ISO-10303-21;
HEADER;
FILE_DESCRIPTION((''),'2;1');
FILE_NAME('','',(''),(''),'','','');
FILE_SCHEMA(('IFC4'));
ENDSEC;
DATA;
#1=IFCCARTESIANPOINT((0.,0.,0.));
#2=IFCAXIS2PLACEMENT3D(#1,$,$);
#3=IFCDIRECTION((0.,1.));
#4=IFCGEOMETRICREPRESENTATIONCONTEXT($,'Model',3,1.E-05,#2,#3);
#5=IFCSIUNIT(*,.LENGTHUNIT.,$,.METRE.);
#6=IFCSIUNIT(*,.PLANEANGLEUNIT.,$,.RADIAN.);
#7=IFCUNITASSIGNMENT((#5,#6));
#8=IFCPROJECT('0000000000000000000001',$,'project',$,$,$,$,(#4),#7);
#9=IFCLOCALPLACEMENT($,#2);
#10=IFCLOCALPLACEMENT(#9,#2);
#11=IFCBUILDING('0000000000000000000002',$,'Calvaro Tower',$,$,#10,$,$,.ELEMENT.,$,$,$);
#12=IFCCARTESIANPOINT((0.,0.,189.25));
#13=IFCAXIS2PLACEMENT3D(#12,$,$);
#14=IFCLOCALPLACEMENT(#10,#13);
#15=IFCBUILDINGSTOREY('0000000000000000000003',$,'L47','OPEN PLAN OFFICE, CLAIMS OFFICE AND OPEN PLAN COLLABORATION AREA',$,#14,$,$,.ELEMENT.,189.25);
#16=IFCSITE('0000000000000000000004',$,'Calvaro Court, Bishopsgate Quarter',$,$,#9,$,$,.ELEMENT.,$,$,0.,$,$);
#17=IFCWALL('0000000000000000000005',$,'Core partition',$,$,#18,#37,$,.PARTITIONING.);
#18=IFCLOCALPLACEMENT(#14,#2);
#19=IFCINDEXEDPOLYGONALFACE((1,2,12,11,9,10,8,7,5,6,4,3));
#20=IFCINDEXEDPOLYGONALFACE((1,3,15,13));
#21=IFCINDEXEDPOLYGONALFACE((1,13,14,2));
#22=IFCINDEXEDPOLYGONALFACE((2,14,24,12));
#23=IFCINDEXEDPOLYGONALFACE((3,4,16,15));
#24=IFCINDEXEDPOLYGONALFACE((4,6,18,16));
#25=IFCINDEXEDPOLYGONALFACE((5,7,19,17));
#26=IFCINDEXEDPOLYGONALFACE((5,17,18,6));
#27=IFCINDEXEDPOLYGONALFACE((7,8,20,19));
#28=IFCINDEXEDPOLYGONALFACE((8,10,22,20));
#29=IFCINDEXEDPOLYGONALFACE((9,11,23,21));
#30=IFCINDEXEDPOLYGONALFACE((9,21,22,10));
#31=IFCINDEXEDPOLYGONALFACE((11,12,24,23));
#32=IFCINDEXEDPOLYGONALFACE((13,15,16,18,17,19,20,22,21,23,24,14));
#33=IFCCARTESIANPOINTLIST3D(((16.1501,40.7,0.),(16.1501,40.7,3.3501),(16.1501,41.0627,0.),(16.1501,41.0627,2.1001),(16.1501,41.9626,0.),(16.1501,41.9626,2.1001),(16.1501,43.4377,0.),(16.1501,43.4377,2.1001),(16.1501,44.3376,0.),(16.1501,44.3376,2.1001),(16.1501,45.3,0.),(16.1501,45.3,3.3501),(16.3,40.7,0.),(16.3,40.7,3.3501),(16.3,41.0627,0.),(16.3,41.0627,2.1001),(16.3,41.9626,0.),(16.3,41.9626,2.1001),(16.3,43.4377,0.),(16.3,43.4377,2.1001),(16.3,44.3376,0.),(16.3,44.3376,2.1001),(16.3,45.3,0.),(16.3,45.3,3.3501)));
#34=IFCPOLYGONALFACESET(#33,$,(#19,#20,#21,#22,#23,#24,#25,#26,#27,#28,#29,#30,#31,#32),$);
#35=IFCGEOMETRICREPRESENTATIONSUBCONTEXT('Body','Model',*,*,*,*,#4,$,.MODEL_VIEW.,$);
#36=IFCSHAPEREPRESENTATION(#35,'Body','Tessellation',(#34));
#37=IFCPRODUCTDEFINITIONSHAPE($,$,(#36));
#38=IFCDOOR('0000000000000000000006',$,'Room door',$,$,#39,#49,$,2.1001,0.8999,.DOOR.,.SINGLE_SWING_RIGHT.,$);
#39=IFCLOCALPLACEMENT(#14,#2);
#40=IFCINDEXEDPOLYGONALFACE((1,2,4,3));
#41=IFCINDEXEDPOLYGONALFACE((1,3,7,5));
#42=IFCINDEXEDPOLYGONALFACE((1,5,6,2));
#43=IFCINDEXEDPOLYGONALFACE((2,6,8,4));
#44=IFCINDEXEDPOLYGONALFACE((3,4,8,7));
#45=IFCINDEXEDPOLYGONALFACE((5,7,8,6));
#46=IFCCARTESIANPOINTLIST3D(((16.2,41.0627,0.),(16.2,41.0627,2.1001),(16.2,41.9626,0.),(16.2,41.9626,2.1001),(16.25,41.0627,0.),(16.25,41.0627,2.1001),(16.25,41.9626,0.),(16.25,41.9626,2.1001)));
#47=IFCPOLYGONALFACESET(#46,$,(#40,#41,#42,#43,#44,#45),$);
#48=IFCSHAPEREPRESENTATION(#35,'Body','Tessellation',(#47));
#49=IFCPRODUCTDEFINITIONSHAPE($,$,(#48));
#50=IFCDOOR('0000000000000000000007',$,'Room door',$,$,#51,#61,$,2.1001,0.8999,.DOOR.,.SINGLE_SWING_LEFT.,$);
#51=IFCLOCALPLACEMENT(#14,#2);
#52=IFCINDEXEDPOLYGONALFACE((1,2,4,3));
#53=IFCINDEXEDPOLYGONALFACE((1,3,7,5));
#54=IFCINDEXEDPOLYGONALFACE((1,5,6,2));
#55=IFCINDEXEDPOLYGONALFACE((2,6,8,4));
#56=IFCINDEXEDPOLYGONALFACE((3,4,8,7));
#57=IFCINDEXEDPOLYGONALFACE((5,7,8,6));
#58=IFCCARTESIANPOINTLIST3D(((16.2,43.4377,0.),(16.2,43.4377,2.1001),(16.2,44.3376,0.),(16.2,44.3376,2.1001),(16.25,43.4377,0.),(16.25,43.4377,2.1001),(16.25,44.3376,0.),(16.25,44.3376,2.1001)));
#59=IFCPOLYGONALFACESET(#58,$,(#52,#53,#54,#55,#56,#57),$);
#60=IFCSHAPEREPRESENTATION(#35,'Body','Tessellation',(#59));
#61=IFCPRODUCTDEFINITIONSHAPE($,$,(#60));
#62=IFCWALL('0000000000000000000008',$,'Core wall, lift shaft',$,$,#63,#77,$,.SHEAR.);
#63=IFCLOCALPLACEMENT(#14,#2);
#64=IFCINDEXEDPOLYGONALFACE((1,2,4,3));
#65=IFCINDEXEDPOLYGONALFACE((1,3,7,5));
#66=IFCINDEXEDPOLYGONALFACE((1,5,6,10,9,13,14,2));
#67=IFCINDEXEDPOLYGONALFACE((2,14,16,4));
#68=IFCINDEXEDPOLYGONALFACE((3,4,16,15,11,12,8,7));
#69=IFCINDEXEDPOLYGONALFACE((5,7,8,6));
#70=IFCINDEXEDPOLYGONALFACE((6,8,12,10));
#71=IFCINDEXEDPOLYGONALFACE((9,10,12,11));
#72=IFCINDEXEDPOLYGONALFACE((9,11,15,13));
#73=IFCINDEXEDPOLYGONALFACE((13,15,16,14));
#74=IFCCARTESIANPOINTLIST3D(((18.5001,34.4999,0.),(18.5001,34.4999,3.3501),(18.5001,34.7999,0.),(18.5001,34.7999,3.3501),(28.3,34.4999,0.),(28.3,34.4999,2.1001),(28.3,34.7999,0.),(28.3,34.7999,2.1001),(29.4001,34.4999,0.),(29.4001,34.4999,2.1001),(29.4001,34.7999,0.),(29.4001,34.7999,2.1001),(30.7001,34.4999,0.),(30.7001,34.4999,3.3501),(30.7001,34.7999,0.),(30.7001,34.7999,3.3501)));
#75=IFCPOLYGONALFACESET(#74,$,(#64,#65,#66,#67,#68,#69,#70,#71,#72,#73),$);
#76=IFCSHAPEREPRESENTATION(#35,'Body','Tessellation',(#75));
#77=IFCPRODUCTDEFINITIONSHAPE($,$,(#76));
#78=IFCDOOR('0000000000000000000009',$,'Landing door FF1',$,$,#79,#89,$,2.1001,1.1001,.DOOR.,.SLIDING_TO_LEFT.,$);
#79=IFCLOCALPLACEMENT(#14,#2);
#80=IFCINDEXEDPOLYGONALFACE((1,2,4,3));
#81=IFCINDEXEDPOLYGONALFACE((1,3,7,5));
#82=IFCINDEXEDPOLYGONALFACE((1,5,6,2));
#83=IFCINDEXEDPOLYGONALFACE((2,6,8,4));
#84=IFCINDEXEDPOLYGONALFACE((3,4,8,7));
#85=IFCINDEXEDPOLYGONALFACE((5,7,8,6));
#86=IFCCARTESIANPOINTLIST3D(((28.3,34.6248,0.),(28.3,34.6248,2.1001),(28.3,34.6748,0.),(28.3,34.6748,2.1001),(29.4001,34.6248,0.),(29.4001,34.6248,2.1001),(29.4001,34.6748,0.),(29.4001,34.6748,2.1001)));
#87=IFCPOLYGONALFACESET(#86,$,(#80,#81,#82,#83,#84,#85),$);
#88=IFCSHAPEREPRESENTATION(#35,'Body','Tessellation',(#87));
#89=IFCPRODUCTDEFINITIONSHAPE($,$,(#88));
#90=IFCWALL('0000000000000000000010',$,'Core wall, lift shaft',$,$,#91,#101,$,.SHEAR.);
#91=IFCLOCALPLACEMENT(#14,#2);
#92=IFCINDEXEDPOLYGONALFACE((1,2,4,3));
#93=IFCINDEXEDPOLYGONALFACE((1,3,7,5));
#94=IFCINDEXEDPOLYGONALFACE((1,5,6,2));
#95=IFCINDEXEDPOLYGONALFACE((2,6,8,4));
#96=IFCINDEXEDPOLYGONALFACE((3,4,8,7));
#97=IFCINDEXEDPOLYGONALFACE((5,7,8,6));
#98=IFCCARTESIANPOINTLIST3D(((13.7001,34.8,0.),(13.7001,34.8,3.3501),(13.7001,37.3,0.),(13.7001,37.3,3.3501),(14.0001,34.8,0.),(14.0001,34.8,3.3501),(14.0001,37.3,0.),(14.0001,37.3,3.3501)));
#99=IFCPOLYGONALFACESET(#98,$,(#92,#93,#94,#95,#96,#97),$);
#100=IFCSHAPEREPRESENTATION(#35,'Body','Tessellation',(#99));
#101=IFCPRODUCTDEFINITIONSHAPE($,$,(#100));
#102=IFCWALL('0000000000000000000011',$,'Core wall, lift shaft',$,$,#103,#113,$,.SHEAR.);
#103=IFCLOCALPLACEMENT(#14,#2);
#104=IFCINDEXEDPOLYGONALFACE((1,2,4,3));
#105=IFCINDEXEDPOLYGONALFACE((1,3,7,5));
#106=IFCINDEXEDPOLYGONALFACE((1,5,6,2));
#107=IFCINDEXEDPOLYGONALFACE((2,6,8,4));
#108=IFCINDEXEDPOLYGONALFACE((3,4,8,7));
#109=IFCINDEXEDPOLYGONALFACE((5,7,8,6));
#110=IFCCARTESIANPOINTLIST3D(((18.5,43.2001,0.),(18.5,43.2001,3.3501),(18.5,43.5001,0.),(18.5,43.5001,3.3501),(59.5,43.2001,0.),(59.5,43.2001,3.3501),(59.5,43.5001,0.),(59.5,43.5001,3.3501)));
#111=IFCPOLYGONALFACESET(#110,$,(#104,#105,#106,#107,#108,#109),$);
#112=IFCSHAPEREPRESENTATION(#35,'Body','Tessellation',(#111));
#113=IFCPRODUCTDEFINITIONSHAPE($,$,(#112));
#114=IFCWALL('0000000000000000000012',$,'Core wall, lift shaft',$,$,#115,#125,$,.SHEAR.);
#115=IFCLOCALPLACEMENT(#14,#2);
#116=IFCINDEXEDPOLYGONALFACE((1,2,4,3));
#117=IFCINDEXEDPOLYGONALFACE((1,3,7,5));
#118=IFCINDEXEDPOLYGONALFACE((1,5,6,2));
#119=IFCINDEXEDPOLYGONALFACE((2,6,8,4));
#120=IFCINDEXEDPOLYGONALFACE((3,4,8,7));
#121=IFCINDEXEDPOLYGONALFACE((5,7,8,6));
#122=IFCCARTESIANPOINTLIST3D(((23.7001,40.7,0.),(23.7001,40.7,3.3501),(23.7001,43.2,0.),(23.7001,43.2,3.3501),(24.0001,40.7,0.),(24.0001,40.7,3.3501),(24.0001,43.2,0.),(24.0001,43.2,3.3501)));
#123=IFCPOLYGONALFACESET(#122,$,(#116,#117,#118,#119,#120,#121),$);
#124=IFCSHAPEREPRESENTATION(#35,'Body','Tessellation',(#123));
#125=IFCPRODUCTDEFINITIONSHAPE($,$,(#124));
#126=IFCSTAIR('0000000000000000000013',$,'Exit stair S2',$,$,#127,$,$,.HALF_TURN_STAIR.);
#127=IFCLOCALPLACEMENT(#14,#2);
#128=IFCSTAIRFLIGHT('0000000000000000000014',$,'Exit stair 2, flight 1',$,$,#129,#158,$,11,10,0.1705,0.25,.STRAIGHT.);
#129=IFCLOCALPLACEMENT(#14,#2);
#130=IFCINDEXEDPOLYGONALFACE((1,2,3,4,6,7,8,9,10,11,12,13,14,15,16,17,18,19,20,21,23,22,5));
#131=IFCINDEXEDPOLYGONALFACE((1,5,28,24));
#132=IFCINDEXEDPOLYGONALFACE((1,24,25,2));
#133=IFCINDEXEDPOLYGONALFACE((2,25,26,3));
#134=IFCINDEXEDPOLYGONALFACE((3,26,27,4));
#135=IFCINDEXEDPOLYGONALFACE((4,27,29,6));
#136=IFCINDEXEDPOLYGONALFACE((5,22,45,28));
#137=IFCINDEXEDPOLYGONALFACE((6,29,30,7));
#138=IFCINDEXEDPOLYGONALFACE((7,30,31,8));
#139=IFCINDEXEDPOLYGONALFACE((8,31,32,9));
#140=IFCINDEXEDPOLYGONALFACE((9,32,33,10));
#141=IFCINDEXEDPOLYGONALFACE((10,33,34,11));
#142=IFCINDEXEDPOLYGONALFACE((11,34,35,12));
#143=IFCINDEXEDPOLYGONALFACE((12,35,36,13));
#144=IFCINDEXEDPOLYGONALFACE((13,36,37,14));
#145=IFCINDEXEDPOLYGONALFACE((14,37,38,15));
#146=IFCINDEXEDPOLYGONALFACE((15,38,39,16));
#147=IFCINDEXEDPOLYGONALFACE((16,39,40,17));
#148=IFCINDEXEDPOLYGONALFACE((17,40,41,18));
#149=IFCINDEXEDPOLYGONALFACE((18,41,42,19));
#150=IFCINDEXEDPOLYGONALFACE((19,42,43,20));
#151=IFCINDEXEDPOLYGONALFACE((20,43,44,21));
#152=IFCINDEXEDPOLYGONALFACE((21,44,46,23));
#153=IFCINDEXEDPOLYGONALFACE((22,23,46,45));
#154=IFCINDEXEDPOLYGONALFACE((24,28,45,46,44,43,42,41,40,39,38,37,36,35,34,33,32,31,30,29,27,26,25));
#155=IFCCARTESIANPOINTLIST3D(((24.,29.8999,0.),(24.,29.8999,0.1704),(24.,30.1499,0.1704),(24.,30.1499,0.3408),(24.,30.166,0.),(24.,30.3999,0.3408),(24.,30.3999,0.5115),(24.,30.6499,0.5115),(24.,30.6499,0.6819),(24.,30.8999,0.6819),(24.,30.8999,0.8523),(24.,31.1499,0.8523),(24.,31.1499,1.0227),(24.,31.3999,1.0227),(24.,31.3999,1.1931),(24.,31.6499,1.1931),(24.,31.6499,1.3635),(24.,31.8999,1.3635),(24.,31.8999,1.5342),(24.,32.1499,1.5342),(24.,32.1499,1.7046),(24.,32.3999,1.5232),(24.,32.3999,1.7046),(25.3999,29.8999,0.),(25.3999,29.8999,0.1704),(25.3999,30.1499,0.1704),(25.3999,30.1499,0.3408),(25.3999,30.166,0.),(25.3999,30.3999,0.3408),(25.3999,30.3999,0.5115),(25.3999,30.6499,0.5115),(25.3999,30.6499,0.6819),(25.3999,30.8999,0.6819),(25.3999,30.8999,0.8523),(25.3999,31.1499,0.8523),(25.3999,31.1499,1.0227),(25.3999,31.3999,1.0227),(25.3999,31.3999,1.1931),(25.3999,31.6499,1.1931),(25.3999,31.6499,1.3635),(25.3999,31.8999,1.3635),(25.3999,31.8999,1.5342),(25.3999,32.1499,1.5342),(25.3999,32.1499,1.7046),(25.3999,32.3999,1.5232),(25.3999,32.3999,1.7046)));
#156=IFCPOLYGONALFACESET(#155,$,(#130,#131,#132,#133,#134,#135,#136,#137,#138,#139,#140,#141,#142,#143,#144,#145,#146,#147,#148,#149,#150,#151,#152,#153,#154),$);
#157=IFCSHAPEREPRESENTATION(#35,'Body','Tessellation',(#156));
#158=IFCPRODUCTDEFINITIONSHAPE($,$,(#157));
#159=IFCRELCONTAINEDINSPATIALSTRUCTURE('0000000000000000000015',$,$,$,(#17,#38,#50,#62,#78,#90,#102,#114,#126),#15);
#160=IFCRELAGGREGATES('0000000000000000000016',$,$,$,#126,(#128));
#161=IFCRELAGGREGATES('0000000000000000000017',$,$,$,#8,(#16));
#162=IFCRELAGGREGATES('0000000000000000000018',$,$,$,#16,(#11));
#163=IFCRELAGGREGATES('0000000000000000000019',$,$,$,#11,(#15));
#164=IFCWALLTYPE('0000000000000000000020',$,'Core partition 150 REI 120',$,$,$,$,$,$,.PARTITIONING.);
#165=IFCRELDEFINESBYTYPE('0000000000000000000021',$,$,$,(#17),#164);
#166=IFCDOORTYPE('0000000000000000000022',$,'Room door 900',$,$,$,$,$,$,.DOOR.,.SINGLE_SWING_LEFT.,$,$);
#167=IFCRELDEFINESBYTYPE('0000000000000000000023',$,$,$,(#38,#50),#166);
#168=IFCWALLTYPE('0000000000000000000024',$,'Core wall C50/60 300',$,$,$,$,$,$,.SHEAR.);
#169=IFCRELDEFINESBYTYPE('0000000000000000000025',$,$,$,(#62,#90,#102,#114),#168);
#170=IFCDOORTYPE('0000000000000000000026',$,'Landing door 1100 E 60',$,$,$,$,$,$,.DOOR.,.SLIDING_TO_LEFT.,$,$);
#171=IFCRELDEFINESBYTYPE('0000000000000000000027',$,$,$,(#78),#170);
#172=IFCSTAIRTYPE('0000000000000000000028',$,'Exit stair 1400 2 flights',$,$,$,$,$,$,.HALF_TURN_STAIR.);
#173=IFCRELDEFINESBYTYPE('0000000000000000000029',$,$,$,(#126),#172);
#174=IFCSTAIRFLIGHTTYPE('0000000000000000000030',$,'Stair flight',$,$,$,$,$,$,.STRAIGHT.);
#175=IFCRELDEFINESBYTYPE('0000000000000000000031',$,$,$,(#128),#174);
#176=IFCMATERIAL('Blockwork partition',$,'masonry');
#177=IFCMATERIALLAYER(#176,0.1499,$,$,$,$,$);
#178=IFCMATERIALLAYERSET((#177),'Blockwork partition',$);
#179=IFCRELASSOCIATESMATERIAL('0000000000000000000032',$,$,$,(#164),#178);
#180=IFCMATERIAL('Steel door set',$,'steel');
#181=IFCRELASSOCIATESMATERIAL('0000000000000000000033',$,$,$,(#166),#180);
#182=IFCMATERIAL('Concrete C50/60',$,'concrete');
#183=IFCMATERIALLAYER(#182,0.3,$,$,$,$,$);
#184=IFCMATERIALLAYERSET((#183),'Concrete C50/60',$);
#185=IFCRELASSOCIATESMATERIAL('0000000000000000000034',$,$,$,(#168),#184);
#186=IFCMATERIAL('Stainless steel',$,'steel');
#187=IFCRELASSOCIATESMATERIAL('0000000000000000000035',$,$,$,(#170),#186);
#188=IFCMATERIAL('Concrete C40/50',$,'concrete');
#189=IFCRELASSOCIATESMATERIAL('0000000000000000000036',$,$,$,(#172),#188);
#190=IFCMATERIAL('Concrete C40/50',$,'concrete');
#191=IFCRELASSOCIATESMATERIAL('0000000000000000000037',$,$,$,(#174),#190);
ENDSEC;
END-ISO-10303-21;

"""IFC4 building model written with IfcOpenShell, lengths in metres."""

from ifc_helpers import new_model, si_unit, direction, frame, frame_2d, origin, place, context, subcontext, project, spatial, polyline, rectangle, outline, extrude, material, layer, layer_set, type_object, element, fill, aggregate, save


model = new_model("IFC4")

# Units and contexts
model_context = context("Model", 3, precision=1e-05, world=origin(), true_north=direction((0.0, 1.0)))
body_context = subcontext(model_context, "Body", "Model", "MODEL_VIEW")
ifc_project = project(units=[si_unit("LENGTHUNIT", "METRE"), si_unit("PLANEANGLEUNIT", "RADIAN")], contexts=[model_context])

# Site, building, storey
site_placement = place(None, origin())
site = spatial("IfcSite", under=ifc_project, at=site_placement, Name="Calvaro Court, Bishopsgate Quarter", CompositionType="ELEMENT", RefElevation=0.0)
building_placement = place(site_placement, origin())
building = spatial("IfcBuilding", under=site, at=building_placement, Name="Calvaro Tower", CompositionType="ELEMENT")
storey_placement = place(building_placement, frame((0.0, 0.0, 189.25)))
storey = spatial("IfcBuildingStorey", under=building, at=storey_placement, Name="L47", Description="OPEN PLAN OFFICE, CLAIMS OFFICE AND OPEN PLAN COLLABORATION AREA", CompositionType="ELEMENT", Elevation=189.25)

# Wall, openings, doors
ifc_material_1 = material(Name="Blockwork partition", Category="masonry")
ifc_layer_1 = layer(ifc_material_1, 0.1499)
ifc_layer_set_1 = layer_set([ifc_layer_1], Name="Blockwork partition")
wall_type_1 = type_object("IfcWallType", Name="Core partition 150 REI 120", PredefinedType="PARTITIONING", material=ifc_layer_set_1)
wall_1_placement = place(storey_placement, frame((16.2251, 45.3, 0.0), z_axis=(0.0, 0.0, 1.0), x_axis=(0.0, -1.0, 0.0)))
wall_1 = element("IfcWall", 1, at=wall_1_placement, inside=storey, type_object=wall_type_1, Name="Core partition", PredefinedType="PARTITIONING", context=body_context, shape_type="SweptSolid", body=[
    extrude(rectangle(XDim=4.6001, YDim=0.1499, at=frame_2d((2.3, 0.0))), origin(), (0.0, 0.0, 1.0), 3.3501),
])
opening_1_placement = place(wall_1_placement, frame((3.3374, 0.0, 0.0)))
opening_1 = element("IfcOpeningElement", 2, at=opening_1_placement, cuts=wall_1, PredefinedType="OPENING", context=body_context, shape_type="SweptSolid", body=[
    extrude(rectangle(XDim=0.8999, YDim=2.1001, at=frame_2d((0.45, 1.05))), frame((0.0, 0.085, 0.0), z_axis=(0.0, -1.0, 0.0), x_axis=(1.0, 0.0, 0.0)), (0.0, 0.0, 1.0), 0.1699),
])
opening_2_placement = place(wall_1_placement, frame((0.9624, 0.0, 0.0)))
opening_2 = element("IfcOpeningElement", 3, at=opening_2_placement, cuts=wall_1, PredefinedType="OPENING", context=body_context, shape_type="SweptSolid", body=[
    extrude(rectangle(XDim=0.8999, YDim=2.1001, at=frame_2d((0.45, 1.05))), frame((0.0, 0.085, 0.0), z_axis=(0.0, -1.0, 0.0), x_axis=(1.0, 0.0, 0.0)), (0.0, 0.0, 1.0), 0.1699),
])
ifc_material_2 = material(Name="Steel door set", Category="steel")
door_type_1 = type_object("IfcDoorType", Name="Room door 900", OperationType="SINGLE_SWING_LEFT", PredefinedType="DOOR", material=ifc_material_2)
door_1_placement = place(opening_1_placement, origin())
door_1 = element("IfcDoor", 4, at=door_1_placement, inside=storey, type_object=door_type_1, Name="Room door", OperationType="SINGLE_SWING_RIGHT", OverallHeight=2.1001, OverallWidth=0.8999, PredefinedType="DOOR", context=body_context, shape_type="SweptSolid", body=[
    extrude(rectangle(XDim=0.8999, YDim=2.1001, at=frame_2d((0.45, 1.05))), frame((0.0, 0.0249, 0.0), z_axis=(0.0, -1.0, 0.0), x_axis=(1.0, 0.0, 0.0)), (0.0, 0.0, 1.0), 0.05),
])
fill(opening_1, door_1)
door_2_placement = place(opening_2_placement, origin())
door_2 = element("IfcDoor", 5, at=door_2_placement, inside=storey, type_object=door_type_1, Name="Room door", OperationType="SINGLE_SWING_LEFT", OverallHeight=2.1001, OverallWidth=0.8999, PredefinedType="DOOR", context=body_context, shape_type="SweptSolid", body=[
    extrude(rectangle(XDim=0.8999, YDim=2.1001, at=frame_2d((0.45, 1.05))), frame((0.0, 0.0249, 0.0), z_axis=(0.0, -1.0, 0.0), x_axis=(1.0, 0.0, 0.0)), (0.0, 0.0, 1.0), 0.05),
])
fill(opening_2, door_2)

# Wall, opening, door
ifc_material_3 = material(Name="Concrete C50/60", Category="concrete")
ifc_layer_2 = layer(ifc_material_3, 0.3)
ifc_layer_set_2 = layer_set([ifc_layer_2], Name="Concrete C50/60")
wall_type_2 = type_object("IfcWallType", Name="Core wall C50/60 300", PredefinedType="SHEAR", material=ifc_layer_set_2)
wall_2_placement = place(storey_placement, frame((18.5, 34.6499, 0.0), z_axis=(0.0, 0.0, 1.0), x_axis=(1.0, 0.0, 0.0)))
wall_2 = element("IfcWall", 6, at=wall_2_placement, inside=storey, type_object=wall_type_2, Name="Core wall, lift shaft", PredefinedType="SHEAR", context=body_context, shape_type="SweptSolid", body=[
    extrude(rectangle(XDim=12.2, YDim=0.3, at=frame_2d((6.1001, 0.0))), origin(), (0.0, 0.0, 1.0), 3.3501),
])
opening_3_placement = place(wall_2_placement, frame((9.8, 0.0, 0.0)))
opening_3 = element("IfcOpeningElement", 7, at=opening_3_placement, cuts=wall_2, PredefinedType="OPENING", context=body_context, shape_type="SweptSolid", body=[
    extrude(rectangle(XDim=1.1001, YDim=2.1001, at=frame_2d((0.55, 1.05))), frame((0.0, 0.1599, 0.0), z_axis=(0.0, -1.0, 0.0), x_axis=(1.0, 0.0, 0.0)), (0.0, 0.0, 1.0), 0.3201),
])
ifc_material_4 = material(Name="Stainless steel", Category="steel")
door_type_2 = type_object("IfcDoorType", Name="Landing door 1100 E 60", OperationType="SLIDING_TO_LEFT", PredefinedType="DOOR", material=ifc_material_4)
door_3_placement = place(opening_3_placement, origin())
door_3 = element("IfcDoor", 8, at=door_3_placement, inside=storey, type_object=door_type_2, Name="Landing door FF1", OperationType="SLIDING_TO_LEFT", OverallHeight=2.1001, OverallWidth=1.1001, PredefinedType="DOOR", context=body_context, shape_type="SweptSolid", body=[
    extrude(rectangle(XDim=1.1001, YDim=2.1001, at=frame_2d((0.55, 1.05))), frame((0.0, 0.0249, 0.0), z_axis=(0.0, -1.0, 0.0), x_axis=(1.0, 0.0, 0.0)), (0.0, 0.0, 1.0), 0.05),
])
fill(opening_3, door_3)

# Wall
wall_3_placement = place(storey_placement, frame((13.8501, 34.8, 0.0), z_axis=(0.0, 0.0, 1.0), x_axis=(0.0, 1.0, 0.0)))
element("IfcWall", 9, at=wall_3_placement, inside=storey, type_object=wall_type_2, Name="Core wall, lift shaft", PredefinedType="SHEAR", context=body_context, shape_type="SweptSolid", body=[
    extrude(rectangle(XDim=2.5, YDim=0.3, at=frame_2d((1.25, 0.0))), origin(), (0.0, 0.0, 1.0), 3.3501),
])

# Walls
wall_4_placement = place(storey_placement, frame((18.5, 43.3501, 0.0), z_axis=(0.0, 0.0, 1.0), x_axis=(1.0, 0.0, 0.0)))
element("IfcWall", 10, at=wall_4_placement, inside=storey, type_object=wall_type_2, Name="Core wall, lift shaft", PredefinedType="SHEAR", context=body_context, shape_type="SweptSolid", body=[
    extrude(rectangle(XDim=41.0, YDim=0.3, at=frame_2d((20.5, 0.0))), origin(), (0.0, 0.0, 1.0), 3.3501),
])
wall_5_placement = place(storey_placement, frame((23.8501, 40.7, 0.0), z_axis=(0.0, 0.0, 1.0), x_axis=(0.0, 1.0, 0.0)))
element("IfcWall", 11, at=wall_5_placement, inside=storey, type_object=wall_type_2, Name="Core wall, lift shaft", PredefinedType="SHEAR", context=body_context, shape_type="SweptSolid", body=[
    extrude(rectangle(XDim=2.5, YDim=0.3, at=frame_2d((1.25, 0.0))), origin(), (0.0, 0.0, 1.0), 3.3501),
])

# Stair, stair flight
ifc_material_5 = material(Name="Concrete C40/50", Category="concrete")
stair_type = type_object("IfcStairType", Name="Exit stair 1400 2 flights", PredefinedType="HALF_TURN_STAIR", material=ifc_material_5)
stair_placement = place(storey_placement, origin())
stair = element("IfcStair", 12, at=stair_placement, inside=storey, type_object=stair_type, Name="Exit stair S2", PredefinedType="HALF_TURN_STAIR")
ifc_material_6 = material(Name="Concrete C40/50", Category="concrete")
stair_flight_type = type_object("IfcStairFlightType", Name="Stair flight", PredefinedType="STRAIGHT", material=ifc_material_6)
stair_flight_placement = place(storey_placement, frame((24.7, 29.8999, 0.0), z_axis=(0.0, 0.0, 1.0), x_axis=(0.0, 1.0, 0.0)))
stair_flight = element("IfcStairFlight", 13, at=stair_flight_placement, type_object=stair_flight_type, Name="Exit stair 2, flight 1", NumberOfRisers=11, NumberOfTreads=10, PredefinedType="STRAIGHT", RiserHeight=0.1705, TreadLength=0.25, context=body_context, shape_type="SweptSolid", body=[
    extrude(outline(polyline([(0.0, 0.0), (0.0, 0.1704), (0.25, 0.1704), (0.25, 0.3408), (0.5, 0.3408), (0.5, 0.5115), (0.75, 0.5115), (0.75, 0.6819), (1.0, 0.6819), (1.0, 0.8523), (1.25, 0.8523), (1.25, 1.0227), (1.5, 1.0227), (1.5, 1.1931), (1.75, 1.1931), (1.75, 1.3635), (2.0, 1.3635), (2.0, 1.5342), (2.25, 1.5342), (2.25, 1.7046), (2.5, 1.7046), (2.5, 1.875), (2.5, 1.5232), (0.2661, 0.0), (0.0, 0.0)])), frame((0.0, 0.7, 0.0), z_axis=(0.0, -1.0, 0.0), x_axis=(1.0, 0.0, 0.0)), (0.0, 0.0, 1.0), 1.3999),
])
aggregate(stair, [stair_flight])

save(model, "model.ifc")
